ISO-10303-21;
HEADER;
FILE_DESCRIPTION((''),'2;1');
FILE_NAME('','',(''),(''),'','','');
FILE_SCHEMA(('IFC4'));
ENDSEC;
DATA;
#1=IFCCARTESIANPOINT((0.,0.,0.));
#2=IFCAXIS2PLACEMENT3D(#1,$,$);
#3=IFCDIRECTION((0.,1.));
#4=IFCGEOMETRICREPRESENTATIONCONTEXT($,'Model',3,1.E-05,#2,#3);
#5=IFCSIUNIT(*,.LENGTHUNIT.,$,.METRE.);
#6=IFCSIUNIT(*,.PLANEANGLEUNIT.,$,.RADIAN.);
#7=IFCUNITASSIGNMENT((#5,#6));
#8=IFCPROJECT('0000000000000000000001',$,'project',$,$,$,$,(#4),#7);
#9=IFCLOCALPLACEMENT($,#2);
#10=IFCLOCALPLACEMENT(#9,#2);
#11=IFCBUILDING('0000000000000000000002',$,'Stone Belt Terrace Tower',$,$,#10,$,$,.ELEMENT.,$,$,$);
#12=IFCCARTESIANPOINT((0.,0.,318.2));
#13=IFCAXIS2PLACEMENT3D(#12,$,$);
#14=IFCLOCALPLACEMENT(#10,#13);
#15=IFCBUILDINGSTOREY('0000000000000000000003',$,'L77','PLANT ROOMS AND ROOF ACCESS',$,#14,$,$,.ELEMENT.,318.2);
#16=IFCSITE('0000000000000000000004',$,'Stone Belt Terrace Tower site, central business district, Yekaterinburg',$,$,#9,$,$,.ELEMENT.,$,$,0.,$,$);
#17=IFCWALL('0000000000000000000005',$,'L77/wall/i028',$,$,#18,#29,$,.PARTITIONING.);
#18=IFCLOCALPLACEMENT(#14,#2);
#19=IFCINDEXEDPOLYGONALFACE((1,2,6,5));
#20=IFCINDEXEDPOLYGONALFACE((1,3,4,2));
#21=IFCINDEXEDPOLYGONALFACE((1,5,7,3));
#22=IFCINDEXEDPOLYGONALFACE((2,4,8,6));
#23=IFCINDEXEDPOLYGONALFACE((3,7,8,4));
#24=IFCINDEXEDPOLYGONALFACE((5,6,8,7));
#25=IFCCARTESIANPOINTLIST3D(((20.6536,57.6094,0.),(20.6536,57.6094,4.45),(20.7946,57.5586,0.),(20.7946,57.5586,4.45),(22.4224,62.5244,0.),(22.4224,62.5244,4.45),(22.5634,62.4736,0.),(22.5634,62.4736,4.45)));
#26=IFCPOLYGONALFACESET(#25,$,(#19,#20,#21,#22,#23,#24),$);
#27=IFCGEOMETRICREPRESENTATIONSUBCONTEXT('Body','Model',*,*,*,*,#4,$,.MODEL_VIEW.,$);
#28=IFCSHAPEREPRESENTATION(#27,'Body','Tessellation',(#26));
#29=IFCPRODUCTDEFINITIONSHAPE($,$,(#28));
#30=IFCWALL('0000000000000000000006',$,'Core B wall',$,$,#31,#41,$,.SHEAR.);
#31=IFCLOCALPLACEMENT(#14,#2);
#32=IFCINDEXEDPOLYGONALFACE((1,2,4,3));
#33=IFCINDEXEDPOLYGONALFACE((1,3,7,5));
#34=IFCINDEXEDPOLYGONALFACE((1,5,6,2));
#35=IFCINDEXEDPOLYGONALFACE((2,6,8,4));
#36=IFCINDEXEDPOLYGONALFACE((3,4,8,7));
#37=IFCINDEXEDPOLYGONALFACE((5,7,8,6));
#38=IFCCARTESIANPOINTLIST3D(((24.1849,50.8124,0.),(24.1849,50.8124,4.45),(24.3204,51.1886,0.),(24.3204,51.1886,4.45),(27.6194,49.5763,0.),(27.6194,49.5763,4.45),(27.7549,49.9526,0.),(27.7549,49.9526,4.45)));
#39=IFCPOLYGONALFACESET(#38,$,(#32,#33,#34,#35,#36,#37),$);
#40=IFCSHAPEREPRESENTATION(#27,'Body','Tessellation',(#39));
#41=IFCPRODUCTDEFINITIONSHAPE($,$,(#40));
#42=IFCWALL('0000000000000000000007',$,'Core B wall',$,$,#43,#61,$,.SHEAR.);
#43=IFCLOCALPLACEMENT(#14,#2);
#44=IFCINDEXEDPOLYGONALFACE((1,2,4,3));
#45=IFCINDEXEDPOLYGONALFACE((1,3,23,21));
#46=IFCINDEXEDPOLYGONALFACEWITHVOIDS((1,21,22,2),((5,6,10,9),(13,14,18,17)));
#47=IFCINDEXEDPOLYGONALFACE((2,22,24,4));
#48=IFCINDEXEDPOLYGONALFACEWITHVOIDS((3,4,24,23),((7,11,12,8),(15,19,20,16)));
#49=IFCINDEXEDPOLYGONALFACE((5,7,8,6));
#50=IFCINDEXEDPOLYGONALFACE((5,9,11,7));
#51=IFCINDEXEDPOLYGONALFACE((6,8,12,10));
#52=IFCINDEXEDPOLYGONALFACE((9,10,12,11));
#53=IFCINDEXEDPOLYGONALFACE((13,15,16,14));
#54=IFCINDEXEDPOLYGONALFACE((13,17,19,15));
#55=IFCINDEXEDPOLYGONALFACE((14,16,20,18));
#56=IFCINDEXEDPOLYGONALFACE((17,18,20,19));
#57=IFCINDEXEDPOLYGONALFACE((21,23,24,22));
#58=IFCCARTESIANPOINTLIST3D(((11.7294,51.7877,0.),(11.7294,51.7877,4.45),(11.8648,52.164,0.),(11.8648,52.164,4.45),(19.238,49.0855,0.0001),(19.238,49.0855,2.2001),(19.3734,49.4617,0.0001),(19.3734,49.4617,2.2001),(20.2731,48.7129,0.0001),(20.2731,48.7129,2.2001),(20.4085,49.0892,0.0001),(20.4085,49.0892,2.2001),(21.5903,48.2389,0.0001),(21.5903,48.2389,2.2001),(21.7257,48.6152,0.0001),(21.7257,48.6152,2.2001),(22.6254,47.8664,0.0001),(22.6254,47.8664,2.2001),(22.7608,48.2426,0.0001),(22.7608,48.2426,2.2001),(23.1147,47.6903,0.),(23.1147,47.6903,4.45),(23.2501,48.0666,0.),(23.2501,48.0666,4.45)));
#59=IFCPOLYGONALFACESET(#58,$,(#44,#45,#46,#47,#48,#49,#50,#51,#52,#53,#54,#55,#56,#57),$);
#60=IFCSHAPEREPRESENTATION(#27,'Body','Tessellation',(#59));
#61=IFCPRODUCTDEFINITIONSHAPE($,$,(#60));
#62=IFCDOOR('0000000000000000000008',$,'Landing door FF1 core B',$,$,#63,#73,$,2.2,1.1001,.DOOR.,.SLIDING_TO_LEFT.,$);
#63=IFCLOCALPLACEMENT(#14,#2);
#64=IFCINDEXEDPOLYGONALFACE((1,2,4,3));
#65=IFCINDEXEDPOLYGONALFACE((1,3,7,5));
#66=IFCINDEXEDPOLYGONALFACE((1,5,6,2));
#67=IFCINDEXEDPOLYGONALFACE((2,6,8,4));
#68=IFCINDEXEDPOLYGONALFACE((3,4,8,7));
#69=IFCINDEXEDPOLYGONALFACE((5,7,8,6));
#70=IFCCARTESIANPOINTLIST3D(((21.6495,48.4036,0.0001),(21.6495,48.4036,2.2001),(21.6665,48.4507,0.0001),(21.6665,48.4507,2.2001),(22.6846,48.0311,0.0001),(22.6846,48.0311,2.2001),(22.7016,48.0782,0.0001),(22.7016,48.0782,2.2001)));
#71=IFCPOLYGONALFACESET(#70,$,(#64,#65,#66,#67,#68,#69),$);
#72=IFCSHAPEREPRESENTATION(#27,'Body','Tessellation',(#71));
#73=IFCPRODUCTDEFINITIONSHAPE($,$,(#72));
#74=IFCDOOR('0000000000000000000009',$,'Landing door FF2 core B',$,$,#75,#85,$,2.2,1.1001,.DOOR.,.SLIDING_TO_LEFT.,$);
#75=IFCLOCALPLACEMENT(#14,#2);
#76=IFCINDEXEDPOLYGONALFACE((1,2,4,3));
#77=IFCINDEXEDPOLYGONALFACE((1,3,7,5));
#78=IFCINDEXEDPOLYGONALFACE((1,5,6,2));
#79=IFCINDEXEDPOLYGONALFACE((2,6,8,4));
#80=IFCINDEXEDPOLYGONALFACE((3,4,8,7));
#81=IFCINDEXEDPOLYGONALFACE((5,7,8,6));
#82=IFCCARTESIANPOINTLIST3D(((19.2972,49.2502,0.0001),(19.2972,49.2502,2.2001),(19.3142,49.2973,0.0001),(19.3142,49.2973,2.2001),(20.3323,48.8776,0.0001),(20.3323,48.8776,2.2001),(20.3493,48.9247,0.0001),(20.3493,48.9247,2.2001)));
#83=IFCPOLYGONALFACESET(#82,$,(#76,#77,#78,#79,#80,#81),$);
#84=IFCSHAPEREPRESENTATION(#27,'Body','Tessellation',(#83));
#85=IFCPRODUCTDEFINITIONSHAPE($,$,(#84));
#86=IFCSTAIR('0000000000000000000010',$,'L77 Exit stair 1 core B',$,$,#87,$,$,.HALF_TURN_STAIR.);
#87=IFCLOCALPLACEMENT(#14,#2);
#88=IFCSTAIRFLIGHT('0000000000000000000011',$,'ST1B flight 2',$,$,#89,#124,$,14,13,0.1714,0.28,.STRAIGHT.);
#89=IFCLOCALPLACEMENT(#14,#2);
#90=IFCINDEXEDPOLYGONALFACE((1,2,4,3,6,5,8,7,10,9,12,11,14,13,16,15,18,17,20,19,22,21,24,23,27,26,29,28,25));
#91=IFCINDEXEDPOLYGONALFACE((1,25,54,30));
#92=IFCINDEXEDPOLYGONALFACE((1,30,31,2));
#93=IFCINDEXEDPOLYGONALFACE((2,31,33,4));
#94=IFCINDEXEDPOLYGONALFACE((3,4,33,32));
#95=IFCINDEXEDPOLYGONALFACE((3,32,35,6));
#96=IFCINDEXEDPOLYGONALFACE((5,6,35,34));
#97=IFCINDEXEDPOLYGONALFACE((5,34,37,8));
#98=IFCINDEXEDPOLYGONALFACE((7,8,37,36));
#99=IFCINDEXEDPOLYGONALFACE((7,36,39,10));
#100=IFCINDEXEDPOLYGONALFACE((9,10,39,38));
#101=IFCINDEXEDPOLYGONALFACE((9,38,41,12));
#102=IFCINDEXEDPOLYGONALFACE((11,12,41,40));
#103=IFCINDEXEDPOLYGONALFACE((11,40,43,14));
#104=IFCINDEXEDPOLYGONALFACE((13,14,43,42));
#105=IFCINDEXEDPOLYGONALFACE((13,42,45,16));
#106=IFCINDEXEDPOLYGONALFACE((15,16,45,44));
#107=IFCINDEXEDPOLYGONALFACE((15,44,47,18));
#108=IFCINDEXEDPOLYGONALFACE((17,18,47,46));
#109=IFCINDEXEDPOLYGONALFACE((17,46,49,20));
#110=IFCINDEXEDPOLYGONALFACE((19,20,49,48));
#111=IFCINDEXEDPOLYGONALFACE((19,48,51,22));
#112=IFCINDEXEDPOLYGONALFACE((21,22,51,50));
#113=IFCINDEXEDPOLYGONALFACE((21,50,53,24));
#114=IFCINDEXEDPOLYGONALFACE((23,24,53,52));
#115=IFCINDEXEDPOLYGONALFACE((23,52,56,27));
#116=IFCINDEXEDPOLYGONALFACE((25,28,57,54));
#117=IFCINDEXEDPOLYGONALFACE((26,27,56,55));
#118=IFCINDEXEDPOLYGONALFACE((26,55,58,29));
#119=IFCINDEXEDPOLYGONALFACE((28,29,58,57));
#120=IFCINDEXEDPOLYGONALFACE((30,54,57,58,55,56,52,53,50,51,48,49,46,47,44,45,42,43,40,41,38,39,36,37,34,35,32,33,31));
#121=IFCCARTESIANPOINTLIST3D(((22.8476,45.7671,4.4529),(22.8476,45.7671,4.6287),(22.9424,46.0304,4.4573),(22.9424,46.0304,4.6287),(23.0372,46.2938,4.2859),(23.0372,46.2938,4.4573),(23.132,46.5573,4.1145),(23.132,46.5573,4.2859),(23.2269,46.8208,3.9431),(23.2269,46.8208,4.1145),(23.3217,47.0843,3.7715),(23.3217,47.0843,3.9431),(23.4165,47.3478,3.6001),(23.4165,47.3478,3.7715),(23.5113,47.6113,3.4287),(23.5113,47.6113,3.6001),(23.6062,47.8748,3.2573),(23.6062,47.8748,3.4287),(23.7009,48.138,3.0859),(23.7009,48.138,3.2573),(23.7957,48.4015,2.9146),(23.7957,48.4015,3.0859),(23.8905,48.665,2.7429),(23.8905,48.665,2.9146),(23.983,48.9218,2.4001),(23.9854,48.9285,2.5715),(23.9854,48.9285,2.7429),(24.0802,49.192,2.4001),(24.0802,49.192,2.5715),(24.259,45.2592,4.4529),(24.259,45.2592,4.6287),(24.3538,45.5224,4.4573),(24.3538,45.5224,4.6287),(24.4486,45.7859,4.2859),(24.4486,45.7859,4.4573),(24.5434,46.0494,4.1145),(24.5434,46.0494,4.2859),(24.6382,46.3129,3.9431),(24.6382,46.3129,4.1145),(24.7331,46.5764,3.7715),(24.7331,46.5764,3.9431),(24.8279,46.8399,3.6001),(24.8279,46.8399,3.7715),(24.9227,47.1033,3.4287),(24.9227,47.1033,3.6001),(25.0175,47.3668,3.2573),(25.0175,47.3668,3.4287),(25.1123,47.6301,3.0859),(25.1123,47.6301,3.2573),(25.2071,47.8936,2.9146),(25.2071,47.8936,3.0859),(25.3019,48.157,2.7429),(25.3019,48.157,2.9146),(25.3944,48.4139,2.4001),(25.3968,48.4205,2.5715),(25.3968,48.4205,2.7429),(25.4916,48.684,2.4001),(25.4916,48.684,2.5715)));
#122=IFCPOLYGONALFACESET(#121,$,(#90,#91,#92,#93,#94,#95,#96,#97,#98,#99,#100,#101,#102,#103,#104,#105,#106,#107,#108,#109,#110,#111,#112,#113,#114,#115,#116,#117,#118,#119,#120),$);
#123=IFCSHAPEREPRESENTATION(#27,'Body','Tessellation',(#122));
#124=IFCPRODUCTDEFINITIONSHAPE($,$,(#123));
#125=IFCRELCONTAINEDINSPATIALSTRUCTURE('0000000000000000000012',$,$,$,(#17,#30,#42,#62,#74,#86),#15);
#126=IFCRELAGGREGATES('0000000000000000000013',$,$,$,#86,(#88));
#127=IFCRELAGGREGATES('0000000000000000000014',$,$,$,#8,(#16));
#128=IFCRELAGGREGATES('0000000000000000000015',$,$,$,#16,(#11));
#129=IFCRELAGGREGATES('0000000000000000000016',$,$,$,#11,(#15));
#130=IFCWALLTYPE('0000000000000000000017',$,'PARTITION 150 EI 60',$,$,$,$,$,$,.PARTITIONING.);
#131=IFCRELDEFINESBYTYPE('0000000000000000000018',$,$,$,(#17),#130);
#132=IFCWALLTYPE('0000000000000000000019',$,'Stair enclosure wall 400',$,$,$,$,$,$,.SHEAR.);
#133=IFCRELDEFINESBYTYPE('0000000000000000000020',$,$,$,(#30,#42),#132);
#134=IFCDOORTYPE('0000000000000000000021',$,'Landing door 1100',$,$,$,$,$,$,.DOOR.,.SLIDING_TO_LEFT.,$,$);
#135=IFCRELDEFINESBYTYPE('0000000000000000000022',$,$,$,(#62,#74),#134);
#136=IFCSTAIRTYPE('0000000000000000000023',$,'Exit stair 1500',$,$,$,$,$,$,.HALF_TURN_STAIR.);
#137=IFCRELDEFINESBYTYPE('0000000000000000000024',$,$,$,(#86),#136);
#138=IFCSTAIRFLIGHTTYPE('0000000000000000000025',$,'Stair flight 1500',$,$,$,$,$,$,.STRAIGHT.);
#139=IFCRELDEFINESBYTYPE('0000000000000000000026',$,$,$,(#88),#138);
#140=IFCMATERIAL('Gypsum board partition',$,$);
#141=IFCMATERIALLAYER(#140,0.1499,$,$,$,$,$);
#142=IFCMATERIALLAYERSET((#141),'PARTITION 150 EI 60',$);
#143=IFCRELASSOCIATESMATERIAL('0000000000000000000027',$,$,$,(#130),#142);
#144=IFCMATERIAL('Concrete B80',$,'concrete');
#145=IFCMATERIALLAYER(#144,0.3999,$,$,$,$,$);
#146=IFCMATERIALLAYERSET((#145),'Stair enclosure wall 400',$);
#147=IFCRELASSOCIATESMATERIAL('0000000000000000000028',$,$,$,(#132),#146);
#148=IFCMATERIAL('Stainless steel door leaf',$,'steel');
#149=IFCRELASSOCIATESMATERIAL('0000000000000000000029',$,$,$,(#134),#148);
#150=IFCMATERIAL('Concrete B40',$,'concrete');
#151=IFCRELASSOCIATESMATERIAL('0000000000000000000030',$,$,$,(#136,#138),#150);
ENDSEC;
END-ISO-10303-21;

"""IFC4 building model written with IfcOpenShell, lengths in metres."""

from ifc_helpers import new_model, si_unit, direction, frame, frame_2d, origin, place, context, subcontext, project, spatial, polyline, rectangle, outline, extrude, material, layer, layer_set, type_object, element, fill, aggregate, save


model = new_model("IFC4")

# Units and contexts
model_context = context("Model", 3, precision=1e-05, world=origin(), true_north=direction((0.0, 1.0)))
body_context = subcontext(model_context, "Body", "Model", "MODEL_VIEW")
ifc_project = project(units=[si_unit("LENGTHUNIT", "METRE"), si_unit("PLANEANGLEUNIT", "RADIAN")], contexts=[model_context])

# Site, building, storey
site_placement = place(None, origin())
site = spatial("IfcSite", under=ifc_project, at=site_placement, Name="Stone Belt Terrace Tower site, central business district, Yekaterinburg", CompositionType="ELEMENT", RefElevation=0.0)
building_placement = place(site_placement, origin())
building = spatial("IfcBuilding", under=site, at=building_placement, Name="Stone Belt Terrace Tower", CompositionType="ELEMENT")
storey_placement = place(building_placement, frame((0.0, 0.0, 318.2)))
storey = spatial("IfcBuildingStorey", under=building, at=storey_placement, Name="L77", Description="PLANT ROOMS AND ROOF ACCESS", CompositionType="ELEMENT", Elevation=318.2)

# Shared definitions
ifc_material_1 = material(Name="Concrete B80", Category="concrete")

# Shared definitions
ifc_material_2 = material(Name="Stainless steel door leaf", Category="steel")

# Shared definitions
ifc_material_3 = material(Name="Gypsum board partition")
ifc_layer_1 = layer(ifc_material_3, 0.1499)
ifc_layer_set_1 = layer_set([ifc_layer_1], Name="PARTITION 150 EI 60")
wall_type_1 = type_object("IfcWallType", Name="PARTITION 150 EI 60", PredefinedType="PARTITIONING", material=ifc_layer_set_1)

# Walls
wall_1_placement = place(storey_placement, frame((22.4929, 62.499, 0.0), z_axis=(0.0, 0.0, 1.0), x_axis=(-0.338615, -0.940925, 0.0)))
element("IfcWall", 1, at=wall_1_placement, inside=storey, type_object=wall_type_1, Name="L77/wall/i028", PredefinedType="PARTITIONING", context=body_context, shape_type="SweptSolid", body=[
    extrude(rectangle(XDim=5.2236, YDim=0.1499, at=frame_2d((2.6118, 0.0))), origin(), (0.0, 0.0, 1.0), 4.45),
])
ifc_layer_2 = layer(ifc_material_1, 0.3999)
ifc_layer_set_2 = layer_set([ifc_layer_2], Name="Stair enclosure wall 400")
wall_type_2 = type_object("IfcWallType", Name="Stair enclosure wall 400", PredefinedType="SHEAR", material=ifc_layer_set_2)
wall_2_placement = place(storey_placement, frame((27.6873, 49.7644, 0.0), z_axis=(0.0, 0.0, 1.0), x_axis=(-0.940919, 0.338632, 0.0)))
element("IfcWall", 2, at=wall_2_placement, inside=storey, type_object=wall_type_2, Name="Core B wall", PredefinedType="SHEAR", context=body_context, shape_type="SweptSolid", body=[
    extrude(rectangle(XDim=3.6501, YDim=0.3999, at=frame_2d((1.8252, 0.0))), origin(), (0.0, 0.0, 1.0), 4.45),
])

# Wall, openings, doors
wall_3_placement = place(storey_placement, frame((23.1824, 47.8784, 0.0), z_axis=(0.0, 0.0, 1.0), x_axis=(-0.940921, 0.338626, 0.0)))
wall_3 = element("IfcWall", 3, at=wall_3_placement, inside=storey, type_object=wall_type_2, Name="Core B wall", PredefinedType="SHEAR", context=body_context, shape_type="SweptSolid", body=[
    extrude(rectangle(XDim=12.1001, YDim=0.3999, at=frame_2d((6.05, 0.0))), origin(), (0.0, 0.0, 1.0), 4.45),
])
opening_1_placement = place(wall_3_placement, frame((0.52, 0.0, 0.0)))
opening_1 = element("IfcOpeningElement", 4, at=opening_1_placement, cuts=wall_3, PredefinedType="OPENING", context=body_context, shape_type="SweptSolid", body=[
    extrude(rectangle(XDim=1.1001, YDim=2.2, at=frame_2d((0.55, 1.1001))), frame((0.0, 0.21, 0.0), z_axis=(0.0, -1.0, 0.0), x_axis=(1.0, 0.0, 0.0)), (0.0, 0.0, 1.0), 0.4199),
])
opening_2_placement = place(wall_3_placement, frame((3.02, 0.0, 0.0)))
opening_2 = element("IfcOpeningElement", 5, at=opening_2_placement, cuts=wall_3, PredefinedType="OPENING", context=body_context, shape_type="SweptSolid", body=[
    extrude(rectangle(XDim=1.1001, YDim=2.2, at=frame_2d((0.55, 1.1001))), frame((0.0, 0.21, 0.0), z_axis=(0.0, -1.0, 0.0), x_axis=(1.0, 0.0, 0.0)), (0.0, 0.0, 1.0), 0.4199),
])
door_type_1 = type_object("IfcDoorType", Name="Landing door 1100", OperationType="SLIDING_TO_LEFT", PredefinedType="DOOR", material=ifc_material_2)
door_1_placement = place(opening_1_placement, origin())
door_1 = element("IfcDoor", 6, at=door_1_placement, inside=storey, type_object=door_type_1, Name="Landing door FF1 core B", OperationType="SLIDING_TO_LEFT", OverallHeight=2.2, OverallWidth=1.1001, PredefinedType="DOOR", context=body_context, shape_type="SweptSolid", body=[
    extrude(rectangle(XDim=1.1001, YDim=2.2, at=frame_2d((0.55, 1.1001))), frame((0.0, 0.0249, 0.0), z_axis=(0.0, -1.0, 0.0), x_axis=(1.0, 0.0, 0.0)), (0.0, 0.0, 1.0), 0.05),
])
fill(opening_1, door_1)
door_2_placement = place(opening_2_placement, origin())
door_2 = element("IfcDoor", 7, at=door_2_placement, inside=storey, type_object=door_type_1, Name="Landing door FF2 core B", OperationType="SLIDING_TO_LEFT", OverallHeight=2.2, OverallWidth=1.1001, PredefinedType="DOOR", context=body_context, shape_type="SweptSolid", body=[
    extrude(rectangle(XDim=1.1001, YDim=2.2, at=frame_2d((0.55, 1.1001))), frame((0.0, 0.0249, 0.0), z_axis=(0.0, -1.0, 0.0), x_axis=(1.0, 0.0, 0.0)), (0.0, 0.0, 1.0), 0.05),
])
fill(opening_2, door_2)

# Stair, stair flight
ifc_material_4 = material(Name="Concrete B40", Category="concrete")
stair_type = type_object("IfcStairType", Name="Exit stair 1500", PredefinedType="HALF_TURN_STAIR", material=ifc_material_4)
stair_placement = place(storey_placement, origin())
stair = element("IfcStair", 8, at=stair_placement, inside=storey, type_object=stair_type, Name="L77 Exit stair 1 core B", PredefinedType="HALF_TURN_STAIR")
stair_flight_type = type_object("IfcStairFlightType", Name="Stair flight 1500", PredefinedType="STRAIGHT", material=ifc_material_4)
stair_flight_placement = place(storey_placement, frame((24.7859, 48.938, 2.4001), z_axis=(0.0, 0.0, 1.0), x_axis=(-0.338624, -0.940922, 0.0)))
stair_flight = element("IfcStairFlight", 9, at=stair_flight_placement, type_object=stair_flight_type, Name="ST1B flight 2", NumberOfRisers=14, NumberOfTreads=13, PredefinedType="STRAIGHT", RiserHeight=0.1714, TreadLength=0.28, context=body_context, shape_type="SweptSolid", body=[
    extrude(outline(polyline([(0.0, 0.0), (0.0, 0.1714), (0.28, 0.1714), (0.28, 0.3428), (0.5601, 0.3428), (0.5601, 0.5144), (0.8401, 0.5144), (0.8401, 0.6858), (1.1201, 0.6858), (1.1201, 0.8572), (1.3999, 0.8572), (1.3999, 1.0286), (1.6799, 1.0286), (1.6799, 1.2), (1.96, 1.2), (1.96, 1.3713), (2.24, 1.3713), (2.24, 1.543), (2.52, 1.543), (2.52, 1.7144), (2.8, 1.7144), (2.8, 1.8857), (3.0801, 1.8857), (3.0801, 2.0571), (3.3601, 2.0571), (3.3601, 2.2285), (3.6399, 2.2285), (3.6399, 2.3999), (3.6399, 2.0527), (0.2871, 0.0), (0.0, 0.0)])), frame((0.0, 0.75, 0.0), z_axis=(0.0, -1.0, 0.0), x_axis=(1.0, 0.0, 0.0)), (0.0, 0.0, 1.0), 1.5),
])
aggregate(stair, [stair_flight])

save(model, "model.ifc")
